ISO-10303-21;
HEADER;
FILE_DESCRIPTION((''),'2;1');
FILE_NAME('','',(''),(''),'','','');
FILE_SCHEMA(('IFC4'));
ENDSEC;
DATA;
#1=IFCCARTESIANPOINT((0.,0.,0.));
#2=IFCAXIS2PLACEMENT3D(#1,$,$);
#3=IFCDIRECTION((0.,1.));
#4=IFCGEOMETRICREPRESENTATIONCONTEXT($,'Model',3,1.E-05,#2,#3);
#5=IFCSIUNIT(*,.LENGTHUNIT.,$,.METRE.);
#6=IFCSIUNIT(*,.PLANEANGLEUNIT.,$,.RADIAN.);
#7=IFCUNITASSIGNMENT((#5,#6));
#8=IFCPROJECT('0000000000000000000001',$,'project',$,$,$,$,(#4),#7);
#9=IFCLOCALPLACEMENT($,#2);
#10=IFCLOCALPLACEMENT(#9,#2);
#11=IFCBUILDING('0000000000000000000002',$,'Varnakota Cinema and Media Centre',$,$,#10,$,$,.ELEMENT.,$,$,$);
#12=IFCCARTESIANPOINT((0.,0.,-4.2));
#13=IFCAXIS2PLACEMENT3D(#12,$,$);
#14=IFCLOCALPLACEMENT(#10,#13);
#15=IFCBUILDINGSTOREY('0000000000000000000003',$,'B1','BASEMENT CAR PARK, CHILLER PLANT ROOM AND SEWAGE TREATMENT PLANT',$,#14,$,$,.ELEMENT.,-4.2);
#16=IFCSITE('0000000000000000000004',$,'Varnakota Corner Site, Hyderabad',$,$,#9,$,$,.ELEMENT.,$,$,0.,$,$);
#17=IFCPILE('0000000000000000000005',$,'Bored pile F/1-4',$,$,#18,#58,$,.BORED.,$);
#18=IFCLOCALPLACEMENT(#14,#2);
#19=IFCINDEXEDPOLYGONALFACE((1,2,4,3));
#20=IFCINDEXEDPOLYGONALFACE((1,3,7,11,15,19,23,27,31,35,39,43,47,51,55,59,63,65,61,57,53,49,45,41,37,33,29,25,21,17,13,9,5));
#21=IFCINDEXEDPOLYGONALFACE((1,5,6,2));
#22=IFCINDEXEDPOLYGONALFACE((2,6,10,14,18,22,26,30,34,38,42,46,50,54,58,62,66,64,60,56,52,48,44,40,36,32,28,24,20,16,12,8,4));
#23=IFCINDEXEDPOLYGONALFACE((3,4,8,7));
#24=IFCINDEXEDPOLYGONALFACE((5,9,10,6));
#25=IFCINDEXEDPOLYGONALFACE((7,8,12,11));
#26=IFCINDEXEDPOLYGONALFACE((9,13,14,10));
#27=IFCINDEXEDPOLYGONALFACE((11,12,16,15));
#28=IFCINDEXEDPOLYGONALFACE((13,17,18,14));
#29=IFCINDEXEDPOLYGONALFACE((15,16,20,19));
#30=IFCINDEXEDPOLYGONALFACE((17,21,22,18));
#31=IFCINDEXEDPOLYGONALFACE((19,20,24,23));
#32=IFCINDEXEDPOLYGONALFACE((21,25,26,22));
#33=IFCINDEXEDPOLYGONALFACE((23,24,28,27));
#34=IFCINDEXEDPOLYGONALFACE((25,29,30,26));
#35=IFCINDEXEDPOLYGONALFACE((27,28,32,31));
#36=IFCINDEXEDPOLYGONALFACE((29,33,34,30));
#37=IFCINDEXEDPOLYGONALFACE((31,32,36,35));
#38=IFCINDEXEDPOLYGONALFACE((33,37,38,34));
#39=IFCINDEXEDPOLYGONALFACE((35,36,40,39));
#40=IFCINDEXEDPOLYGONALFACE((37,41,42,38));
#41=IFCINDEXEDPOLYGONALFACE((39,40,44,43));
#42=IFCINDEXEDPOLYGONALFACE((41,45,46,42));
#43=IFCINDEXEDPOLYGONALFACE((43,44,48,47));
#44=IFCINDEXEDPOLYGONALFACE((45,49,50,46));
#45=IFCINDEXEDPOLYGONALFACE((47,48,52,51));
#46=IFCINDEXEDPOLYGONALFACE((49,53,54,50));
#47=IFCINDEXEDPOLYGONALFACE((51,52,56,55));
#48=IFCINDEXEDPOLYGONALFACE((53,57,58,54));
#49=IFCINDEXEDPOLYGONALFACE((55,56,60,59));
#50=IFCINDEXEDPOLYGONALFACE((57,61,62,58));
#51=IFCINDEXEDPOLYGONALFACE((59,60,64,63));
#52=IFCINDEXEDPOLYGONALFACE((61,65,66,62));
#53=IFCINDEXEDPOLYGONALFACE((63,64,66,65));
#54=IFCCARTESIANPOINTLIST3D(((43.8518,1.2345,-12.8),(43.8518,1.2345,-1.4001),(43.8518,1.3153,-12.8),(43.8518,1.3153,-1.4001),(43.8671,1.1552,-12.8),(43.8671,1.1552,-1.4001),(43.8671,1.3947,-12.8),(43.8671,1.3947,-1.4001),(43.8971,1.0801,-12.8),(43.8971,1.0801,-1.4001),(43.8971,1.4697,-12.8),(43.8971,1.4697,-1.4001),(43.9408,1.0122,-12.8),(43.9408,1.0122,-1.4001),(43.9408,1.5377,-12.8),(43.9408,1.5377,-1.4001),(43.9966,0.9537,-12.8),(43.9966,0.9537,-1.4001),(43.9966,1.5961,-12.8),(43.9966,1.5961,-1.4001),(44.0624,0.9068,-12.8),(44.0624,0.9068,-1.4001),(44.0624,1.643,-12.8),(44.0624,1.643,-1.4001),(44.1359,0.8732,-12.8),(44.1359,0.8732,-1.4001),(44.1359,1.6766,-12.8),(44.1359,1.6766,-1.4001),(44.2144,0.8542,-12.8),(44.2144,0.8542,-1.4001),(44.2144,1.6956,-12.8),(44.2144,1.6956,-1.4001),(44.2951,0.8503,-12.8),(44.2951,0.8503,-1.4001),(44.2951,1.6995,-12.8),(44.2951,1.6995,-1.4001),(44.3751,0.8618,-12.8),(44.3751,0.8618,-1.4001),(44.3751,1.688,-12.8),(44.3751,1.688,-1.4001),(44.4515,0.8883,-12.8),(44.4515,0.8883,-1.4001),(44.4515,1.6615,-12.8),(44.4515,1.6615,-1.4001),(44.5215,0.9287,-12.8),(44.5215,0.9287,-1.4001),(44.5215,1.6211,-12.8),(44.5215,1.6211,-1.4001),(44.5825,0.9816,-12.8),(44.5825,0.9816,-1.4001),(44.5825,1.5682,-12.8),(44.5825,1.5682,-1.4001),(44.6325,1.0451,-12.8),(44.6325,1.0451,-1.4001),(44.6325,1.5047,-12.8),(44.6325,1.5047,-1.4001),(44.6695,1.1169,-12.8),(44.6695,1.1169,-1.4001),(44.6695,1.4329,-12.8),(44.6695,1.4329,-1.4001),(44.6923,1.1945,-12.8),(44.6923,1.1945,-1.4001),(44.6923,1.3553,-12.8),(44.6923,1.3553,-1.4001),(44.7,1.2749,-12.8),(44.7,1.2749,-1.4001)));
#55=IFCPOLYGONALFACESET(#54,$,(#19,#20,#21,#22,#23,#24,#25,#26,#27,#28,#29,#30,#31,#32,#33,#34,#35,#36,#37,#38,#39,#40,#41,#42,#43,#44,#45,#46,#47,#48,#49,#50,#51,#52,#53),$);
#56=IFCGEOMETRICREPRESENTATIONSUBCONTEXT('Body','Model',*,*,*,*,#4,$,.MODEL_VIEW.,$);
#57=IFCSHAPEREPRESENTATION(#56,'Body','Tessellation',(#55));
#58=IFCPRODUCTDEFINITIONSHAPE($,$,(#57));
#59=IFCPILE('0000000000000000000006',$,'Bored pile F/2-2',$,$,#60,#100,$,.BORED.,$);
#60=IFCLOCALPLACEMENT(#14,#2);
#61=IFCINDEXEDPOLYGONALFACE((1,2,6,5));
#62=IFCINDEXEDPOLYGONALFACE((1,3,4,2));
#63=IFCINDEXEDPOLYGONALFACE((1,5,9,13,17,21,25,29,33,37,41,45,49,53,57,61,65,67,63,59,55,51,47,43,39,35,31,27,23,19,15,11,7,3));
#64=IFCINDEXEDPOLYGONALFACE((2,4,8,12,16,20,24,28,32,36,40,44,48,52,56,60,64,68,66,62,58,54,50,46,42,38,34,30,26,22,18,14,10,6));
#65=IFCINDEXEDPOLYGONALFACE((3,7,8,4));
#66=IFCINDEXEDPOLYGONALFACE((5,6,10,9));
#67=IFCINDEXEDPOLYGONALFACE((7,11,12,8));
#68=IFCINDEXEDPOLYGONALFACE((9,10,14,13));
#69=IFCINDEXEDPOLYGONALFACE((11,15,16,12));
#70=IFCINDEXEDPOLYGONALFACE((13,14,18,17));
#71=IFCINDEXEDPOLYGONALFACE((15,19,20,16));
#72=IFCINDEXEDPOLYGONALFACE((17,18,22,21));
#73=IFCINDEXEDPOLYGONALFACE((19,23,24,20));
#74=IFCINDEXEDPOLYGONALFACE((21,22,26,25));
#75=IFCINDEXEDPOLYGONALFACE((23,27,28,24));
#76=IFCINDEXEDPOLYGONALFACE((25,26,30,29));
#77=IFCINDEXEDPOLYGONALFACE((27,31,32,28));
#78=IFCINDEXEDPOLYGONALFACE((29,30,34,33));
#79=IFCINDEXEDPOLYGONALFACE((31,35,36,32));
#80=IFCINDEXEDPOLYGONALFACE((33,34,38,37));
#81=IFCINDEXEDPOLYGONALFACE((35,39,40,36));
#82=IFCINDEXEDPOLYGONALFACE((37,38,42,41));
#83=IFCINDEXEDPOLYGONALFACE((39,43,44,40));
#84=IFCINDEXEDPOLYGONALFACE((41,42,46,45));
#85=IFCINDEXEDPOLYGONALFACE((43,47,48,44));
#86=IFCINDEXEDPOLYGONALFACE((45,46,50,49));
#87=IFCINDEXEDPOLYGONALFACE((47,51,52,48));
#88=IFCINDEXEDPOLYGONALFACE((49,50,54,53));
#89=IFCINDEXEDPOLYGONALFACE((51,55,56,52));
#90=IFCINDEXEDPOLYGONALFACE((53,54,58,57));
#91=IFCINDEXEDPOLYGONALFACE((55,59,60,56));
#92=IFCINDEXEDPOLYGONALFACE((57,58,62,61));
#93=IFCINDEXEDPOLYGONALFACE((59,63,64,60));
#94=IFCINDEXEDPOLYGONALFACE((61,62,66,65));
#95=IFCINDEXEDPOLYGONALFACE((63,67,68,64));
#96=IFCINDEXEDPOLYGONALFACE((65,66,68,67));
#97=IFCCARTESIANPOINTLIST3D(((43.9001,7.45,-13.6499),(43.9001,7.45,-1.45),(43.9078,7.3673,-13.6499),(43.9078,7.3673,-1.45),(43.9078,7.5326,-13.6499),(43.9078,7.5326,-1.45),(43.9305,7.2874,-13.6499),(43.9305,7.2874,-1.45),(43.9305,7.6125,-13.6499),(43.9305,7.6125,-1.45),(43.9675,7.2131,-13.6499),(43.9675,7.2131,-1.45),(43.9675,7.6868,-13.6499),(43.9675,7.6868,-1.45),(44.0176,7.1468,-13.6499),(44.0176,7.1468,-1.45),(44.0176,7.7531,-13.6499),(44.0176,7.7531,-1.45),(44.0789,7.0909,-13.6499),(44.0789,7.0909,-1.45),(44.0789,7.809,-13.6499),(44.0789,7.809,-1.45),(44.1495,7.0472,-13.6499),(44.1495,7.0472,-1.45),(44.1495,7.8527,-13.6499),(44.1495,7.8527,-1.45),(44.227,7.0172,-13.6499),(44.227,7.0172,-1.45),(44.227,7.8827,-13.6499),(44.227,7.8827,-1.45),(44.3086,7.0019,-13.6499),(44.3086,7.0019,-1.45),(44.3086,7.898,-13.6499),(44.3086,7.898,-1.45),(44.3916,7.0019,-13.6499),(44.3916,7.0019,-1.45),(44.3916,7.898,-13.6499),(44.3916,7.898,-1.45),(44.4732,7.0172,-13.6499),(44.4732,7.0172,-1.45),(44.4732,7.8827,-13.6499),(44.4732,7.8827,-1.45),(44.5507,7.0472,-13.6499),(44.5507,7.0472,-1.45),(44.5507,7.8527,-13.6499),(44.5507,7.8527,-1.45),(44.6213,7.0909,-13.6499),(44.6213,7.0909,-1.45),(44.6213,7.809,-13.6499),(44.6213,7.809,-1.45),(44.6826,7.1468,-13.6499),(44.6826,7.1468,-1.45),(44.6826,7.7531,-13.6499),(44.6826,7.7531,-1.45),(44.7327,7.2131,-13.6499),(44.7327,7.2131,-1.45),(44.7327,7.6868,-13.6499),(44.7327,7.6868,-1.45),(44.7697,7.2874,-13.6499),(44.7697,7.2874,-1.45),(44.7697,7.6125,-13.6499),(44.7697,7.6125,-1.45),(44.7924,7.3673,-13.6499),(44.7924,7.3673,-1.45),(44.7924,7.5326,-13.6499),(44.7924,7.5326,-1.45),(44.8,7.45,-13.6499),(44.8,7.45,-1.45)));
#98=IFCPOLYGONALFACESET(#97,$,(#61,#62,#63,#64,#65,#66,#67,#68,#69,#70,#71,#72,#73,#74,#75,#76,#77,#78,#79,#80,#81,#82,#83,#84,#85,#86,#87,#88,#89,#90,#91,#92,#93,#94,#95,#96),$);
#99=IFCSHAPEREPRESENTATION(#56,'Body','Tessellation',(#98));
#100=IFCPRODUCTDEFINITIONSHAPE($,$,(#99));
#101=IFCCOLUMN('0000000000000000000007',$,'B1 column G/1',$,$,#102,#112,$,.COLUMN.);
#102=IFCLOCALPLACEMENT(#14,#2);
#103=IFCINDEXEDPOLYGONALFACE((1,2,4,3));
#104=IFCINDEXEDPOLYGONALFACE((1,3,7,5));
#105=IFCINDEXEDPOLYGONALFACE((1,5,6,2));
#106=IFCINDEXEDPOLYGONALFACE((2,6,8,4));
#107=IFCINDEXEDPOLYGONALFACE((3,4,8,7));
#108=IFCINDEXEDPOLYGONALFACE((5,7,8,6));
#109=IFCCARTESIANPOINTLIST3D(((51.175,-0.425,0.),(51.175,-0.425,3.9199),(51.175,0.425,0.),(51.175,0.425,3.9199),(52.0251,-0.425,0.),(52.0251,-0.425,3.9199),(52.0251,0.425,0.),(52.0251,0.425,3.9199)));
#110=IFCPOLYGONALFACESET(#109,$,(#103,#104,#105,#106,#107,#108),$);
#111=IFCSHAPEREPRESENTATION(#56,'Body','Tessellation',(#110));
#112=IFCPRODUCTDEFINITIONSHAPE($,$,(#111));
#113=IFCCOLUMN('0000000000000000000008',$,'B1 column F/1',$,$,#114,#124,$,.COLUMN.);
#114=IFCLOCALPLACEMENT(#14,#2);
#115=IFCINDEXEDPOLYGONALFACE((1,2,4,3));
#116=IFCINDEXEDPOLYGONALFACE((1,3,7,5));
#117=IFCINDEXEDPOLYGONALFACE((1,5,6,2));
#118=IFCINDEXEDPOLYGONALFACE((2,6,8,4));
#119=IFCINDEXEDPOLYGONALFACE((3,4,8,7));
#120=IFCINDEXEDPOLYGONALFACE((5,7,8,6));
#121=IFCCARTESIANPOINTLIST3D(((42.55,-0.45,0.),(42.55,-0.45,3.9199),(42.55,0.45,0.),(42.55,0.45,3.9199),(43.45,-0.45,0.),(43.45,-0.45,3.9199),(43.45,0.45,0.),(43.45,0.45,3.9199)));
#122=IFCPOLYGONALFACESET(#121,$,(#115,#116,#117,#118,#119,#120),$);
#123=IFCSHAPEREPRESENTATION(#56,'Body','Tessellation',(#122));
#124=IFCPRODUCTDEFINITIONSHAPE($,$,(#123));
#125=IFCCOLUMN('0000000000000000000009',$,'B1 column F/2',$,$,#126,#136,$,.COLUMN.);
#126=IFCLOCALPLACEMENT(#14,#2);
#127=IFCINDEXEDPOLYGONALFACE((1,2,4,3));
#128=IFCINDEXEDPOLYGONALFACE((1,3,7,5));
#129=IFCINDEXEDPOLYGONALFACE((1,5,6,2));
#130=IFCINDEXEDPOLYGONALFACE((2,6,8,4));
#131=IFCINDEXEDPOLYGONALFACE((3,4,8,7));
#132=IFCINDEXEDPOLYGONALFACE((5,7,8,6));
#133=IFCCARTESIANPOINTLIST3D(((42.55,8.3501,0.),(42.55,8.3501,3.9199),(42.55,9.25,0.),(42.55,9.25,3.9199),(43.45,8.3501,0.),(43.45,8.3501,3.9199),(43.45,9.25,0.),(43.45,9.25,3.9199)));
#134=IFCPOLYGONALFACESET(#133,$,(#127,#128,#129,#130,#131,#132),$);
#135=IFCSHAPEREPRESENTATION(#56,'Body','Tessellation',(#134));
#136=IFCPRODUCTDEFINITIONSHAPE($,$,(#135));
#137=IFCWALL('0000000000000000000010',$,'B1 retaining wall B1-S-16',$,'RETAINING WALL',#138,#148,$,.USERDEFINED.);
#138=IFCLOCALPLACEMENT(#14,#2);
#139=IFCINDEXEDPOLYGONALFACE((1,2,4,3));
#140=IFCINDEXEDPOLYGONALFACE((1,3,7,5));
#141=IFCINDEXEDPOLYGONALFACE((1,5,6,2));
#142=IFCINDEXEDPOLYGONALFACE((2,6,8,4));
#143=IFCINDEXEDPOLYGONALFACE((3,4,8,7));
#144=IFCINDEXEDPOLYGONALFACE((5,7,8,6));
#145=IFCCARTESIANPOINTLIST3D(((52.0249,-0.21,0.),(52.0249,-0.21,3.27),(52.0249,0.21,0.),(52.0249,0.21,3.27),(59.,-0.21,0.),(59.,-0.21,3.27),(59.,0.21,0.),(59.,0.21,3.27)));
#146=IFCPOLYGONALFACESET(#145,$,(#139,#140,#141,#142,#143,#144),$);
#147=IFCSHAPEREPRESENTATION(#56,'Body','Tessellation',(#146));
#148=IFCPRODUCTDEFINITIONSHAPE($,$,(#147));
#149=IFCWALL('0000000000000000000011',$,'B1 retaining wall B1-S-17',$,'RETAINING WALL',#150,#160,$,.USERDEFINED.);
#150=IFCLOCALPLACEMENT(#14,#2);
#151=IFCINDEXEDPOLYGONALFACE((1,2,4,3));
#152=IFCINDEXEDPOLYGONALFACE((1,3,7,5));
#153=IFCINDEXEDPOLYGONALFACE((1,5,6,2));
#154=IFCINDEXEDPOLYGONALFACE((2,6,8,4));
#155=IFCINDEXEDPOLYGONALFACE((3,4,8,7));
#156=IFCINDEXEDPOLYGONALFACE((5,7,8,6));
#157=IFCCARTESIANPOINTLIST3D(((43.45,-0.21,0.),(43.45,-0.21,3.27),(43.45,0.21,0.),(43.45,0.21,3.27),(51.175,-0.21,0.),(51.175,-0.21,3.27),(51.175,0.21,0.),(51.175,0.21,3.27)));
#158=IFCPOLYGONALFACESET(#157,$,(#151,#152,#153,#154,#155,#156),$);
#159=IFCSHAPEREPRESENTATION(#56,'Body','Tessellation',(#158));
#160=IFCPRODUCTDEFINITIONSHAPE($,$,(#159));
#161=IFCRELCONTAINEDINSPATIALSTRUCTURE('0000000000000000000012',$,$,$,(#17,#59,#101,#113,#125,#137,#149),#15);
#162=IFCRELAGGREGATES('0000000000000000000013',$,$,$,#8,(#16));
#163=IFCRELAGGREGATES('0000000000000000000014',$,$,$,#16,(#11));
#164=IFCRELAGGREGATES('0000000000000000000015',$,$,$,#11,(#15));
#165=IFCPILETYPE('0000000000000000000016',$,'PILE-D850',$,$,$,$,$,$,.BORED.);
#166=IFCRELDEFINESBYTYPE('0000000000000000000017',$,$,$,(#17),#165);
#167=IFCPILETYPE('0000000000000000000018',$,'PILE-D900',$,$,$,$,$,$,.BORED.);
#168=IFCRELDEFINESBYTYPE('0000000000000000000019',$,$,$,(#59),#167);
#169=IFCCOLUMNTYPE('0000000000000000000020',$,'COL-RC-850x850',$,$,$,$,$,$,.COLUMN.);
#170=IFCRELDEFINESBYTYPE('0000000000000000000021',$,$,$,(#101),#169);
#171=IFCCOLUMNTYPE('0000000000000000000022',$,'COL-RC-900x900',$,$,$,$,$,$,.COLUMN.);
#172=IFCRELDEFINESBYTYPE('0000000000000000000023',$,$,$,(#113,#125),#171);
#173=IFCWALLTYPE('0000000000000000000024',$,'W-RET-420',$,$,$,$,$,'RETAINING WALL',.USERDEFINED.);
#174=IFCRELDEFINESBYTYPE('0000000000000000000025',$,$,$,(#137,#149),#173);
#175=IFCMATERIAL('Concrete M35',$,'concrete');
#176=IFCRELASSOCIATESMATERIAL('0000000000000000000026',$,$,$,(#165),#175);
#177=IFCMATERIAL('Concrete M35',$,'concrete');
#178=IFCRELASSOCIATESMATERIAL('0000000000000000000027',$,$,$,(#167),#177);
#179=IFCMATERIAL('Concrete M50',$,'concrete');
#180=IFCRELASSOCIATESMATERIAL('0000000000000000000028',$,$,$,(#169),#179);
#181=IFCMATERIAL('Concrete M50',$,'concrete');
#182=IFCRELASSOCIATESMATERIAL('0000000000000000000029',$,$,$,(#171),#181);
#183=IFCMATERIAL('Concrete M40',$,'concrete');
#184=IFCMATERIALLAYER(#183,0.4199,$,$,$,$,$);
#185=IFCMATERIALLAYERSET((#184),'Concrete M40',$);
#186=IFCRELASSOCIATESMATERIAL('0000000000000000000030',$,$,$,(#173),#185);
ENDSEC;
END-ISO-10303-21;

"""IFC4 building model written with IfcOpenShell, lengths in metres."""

from ifc_helpers import new_model, si_unit, direction, frame, frame_2d, origin, origin_2d, place, context, subcontext, project, spatial, rectangle, circle, extrude, material, layer, layer_set, material_profile, profile_set, type_object, element, save


model = new_model("IFC4")

# Units and contexts
model_context = context("Model", 3, precision=1e-05, world=origin(), true_north=direction((0.0, 1.0)))
body_context = subcontext(model_context, "Body", "Model", "MODEL_VIEW")
ifc_project = project(units=[si_unit("LENGTHUNIT", "METRE"), si_unit("PLANEANGLEUNIT", "RADIAN")], contexts=[model_context])

# Site, building, storey
site_placement = place(None, origin())
site = spatial("IfcSite", under=ifc_project, at=site_placement, Name="Varnakota Corner Site, Hyderabad", CompositionType="ELEMENT", RefElevation=0.0)
building_placement = place(site_placement, origin())
building = spatial("IfcBuilding", under=site, at=building_placement, Name="Varnakota Cinema and Media Centre", CompositionType="ELEMENT")
storey_placement = place(building_placement, frame((0.0, 0.0, -4.2)))
storey = spatial("IfcBuildingStorey", under=building, at=storey_placement, Name="B1", Description="BASEMENT CAR PARK, CHILLER PLANT ROOM AND SEWAGE TREATMENT PLANT", CompositionType="ELEMENT", Elevation=-4.2)

# Piles
ifc_material_1 = material(Name="Concrete M35", Category="concrete")
ifc_material_profile_1 = material_profile(ifc_material_1, circle(Radius=0.425, at=origin_2d()), Name="PILE D850")
ifc_profile_set_1 = profile_set([ifc_material_profile_1], Name="Concrete M35")
pile_type_1 = type_object("IfcPileType", Name="PILE-D850", PredefinedType="BORED", material=ifc_profile_set_1)
for number, where, z_axis, x_axis, name in (
    (1, (44.2749, 1.2749, -1.4001), (0.0, 0.0, -1.0), (1.0, 0.0, 0.0), "Bored pile F/1-4"),
):
    element("IfcPile", number, at=place(storey_placement, frame(where, z_axis=z_axis, x_axis=x_axis)), inside=storey, type_object=pile_type_1, Name=name, PredefinedType="BORED", context=body_context, shape_type="SweptSolid", body=[
        extrude(circle(Radius=0.425, at=origin_2d()), origin(), (0.0, 0.0, 1.0), 11.3999),
    ])
ifc_material_2 = material(Name="Concrete M35", Category="concrete")
ifc_material_profile_2 = material_profile(ifc_material_2, circle(Radius=0.45, at=origin_2d()), Name="PILE D900")
ifc_profile_set_2 = profile_set([ifc_material_profile_2], Name="Concrete M35")
pile_type_2 = type_object("IfcPileType", Name="PILE-D900", PredefinedType="BORED", material=ifc_profile_set_2)
pile_1_placement = place(storey_placement, frame((44.3501, 7.45, -1.45), z_axis=(0.0, 0.0, -1.0), x_axis=(1.0, 0.0, 0.0)))
element("IfcPile", 2, at=pile_1_placement, inside=storey, type_object=pile_type_2, Name="Bored pile F/2-2", PredefinedType="BORED", context=body_context, shape_type="SweptSolid", body=[
    extrude(circle(Radius=0.45, at=origin_2d()), origin(), (0.0, 0.0, 1.0), 12.2),
])

# Columns
ifc_material_3 = material(Name="Concrete M50", Category="concrete")
ifc_material_profile_3 = material_profile(ifc_material_3, rectangle(XDim=0.8501, YDim=0.8501, at=origin_2d()), Name="RC 850x850")
ifc_profile_set_3 = profile_set([ifc_material_profile_3], Name="Concrete M50")
column_type_1 = type_object("IfcColumnType", Name="COL-RC-850x850", PredefinedType="COLUMN", material=ifc_profile_set_3)
column_placement = place(storey_placement, frame((51.6001, 0.0, 0.0), z_axis=(0.0, 0.0, 1.0), x_axis=(1.0, 0.0, 0.0)))
element("IfcColumn", 3, at=column_placement, inside=storey, type_object=column_type_1, Name="B1 column G/1", PredefinedType="COLUMN", context=body_context, shape_type="SweptSolid", body=[
    extrude(rectangle(XDim=0.8501, YDim=0.8501, at=origin_2d()), origin(), (0.0, 0.0, 1.0), 3.9199),
])
ifc_material_4 = material(Name="Concrete M50", Category="concrete")
ifc_material_profile_4 = material_profile(ifc_material_4, rectangle(XDim=0.8999, YDim=0.8999, at=origin_2d()), Name="RC 900x900")
ifc_profile_set_4 = profile_set([ifc_material_profile_4], Name="Concrete M50")
column_type_2 = type_object("IfcColumnType", Name="COL-RC-900x900", PredefinedType="COLUMN", material=ifc_profile_set_4)
for number, where, z_axis, x_axis, name in (
    (4, (43.0, 0.0, 0.0), (0.0, 0.0, 1.0), (1.0, 0.0, 0.0), "B1 column F/1"),
    (5, (43.0, 8.8, 0.0), (0.0, 0.0, 1.0), (1.0, 0.0, 0.0), "B1 column F/2"),
):
    element("IfcColumn", number, at=place(storey_placement, frame(where, z_axis=z_axis, x_axis=x_axis)), inside=storey, type_object=column_type_2, Name=name, PredefinedType="COLUMN", context=body_context, shape_type="SweptSolid", body=[
        extrude(rectangle(XDim=0.8999, YDim=0.8999, at=origin_2d()), origin(), (0.0, 0.0, 1.0), 3.9199),
    ])

# Walls
ifc_material_5 = material(Name="Concrete M40", Category="concrete")
ifc_layer = layer(ifc_material_5, 0.4199)
ifc_layer_set = layer_set([ifc_layer], Name="Concrete M40")
wall_type = type_object("IfcWallType", Name="W-RET-420", ElementType="RETAINING WALL", PredefinedType="USERDEFINED", material=ifc_layer_set)
wall_1_placement = place(storey_placement, frame((59.0, 0.0, 0.0), z_axis=(0.0, 0.0, 1.0), x_axis=(-1.0, 0.0, 0.0)))
element("IfcWall", 6, at=wall_1_placement, inside=storey, type_object=wall_type, Name="B1 retaining wall B1-S-16", ObjectType="RETAINING WALL", PredefinedType="USERDEFINED", context=body_context, shape_type="SweptSolid", body=[
    extrude(rectangle(XDim=6.9751, YDim=0.4199, at=frame_2d((3.4875, 0.0))), origin(), (0.0, 0.0, 1.0), 3.27),
])
wall_2_placement = place(storey_placement, frame((51.175, 0.0, 0.0), z_axis=(0.0, 0.0, 1.0), x_axis=(-1.0, 0.0, 0.0)))
element("IfcWall", 7, at=wall_2_placement, inside=storey, type_object=wall_type, Name="B1 retaining wall B1-S-17", ObjectType="RETAINING WALL", PredefinedType="USERDEFINED", context=body_context, shape_type="SweptSolid", body=[
    extrude(rectangle(XDim=7.7251, YDim=0.4199, at=frame_2d((3.8625, 0.0))), origin(), (0.0, 0.0, 1.0), 3.27),
])

save(model, "model.ifc")
